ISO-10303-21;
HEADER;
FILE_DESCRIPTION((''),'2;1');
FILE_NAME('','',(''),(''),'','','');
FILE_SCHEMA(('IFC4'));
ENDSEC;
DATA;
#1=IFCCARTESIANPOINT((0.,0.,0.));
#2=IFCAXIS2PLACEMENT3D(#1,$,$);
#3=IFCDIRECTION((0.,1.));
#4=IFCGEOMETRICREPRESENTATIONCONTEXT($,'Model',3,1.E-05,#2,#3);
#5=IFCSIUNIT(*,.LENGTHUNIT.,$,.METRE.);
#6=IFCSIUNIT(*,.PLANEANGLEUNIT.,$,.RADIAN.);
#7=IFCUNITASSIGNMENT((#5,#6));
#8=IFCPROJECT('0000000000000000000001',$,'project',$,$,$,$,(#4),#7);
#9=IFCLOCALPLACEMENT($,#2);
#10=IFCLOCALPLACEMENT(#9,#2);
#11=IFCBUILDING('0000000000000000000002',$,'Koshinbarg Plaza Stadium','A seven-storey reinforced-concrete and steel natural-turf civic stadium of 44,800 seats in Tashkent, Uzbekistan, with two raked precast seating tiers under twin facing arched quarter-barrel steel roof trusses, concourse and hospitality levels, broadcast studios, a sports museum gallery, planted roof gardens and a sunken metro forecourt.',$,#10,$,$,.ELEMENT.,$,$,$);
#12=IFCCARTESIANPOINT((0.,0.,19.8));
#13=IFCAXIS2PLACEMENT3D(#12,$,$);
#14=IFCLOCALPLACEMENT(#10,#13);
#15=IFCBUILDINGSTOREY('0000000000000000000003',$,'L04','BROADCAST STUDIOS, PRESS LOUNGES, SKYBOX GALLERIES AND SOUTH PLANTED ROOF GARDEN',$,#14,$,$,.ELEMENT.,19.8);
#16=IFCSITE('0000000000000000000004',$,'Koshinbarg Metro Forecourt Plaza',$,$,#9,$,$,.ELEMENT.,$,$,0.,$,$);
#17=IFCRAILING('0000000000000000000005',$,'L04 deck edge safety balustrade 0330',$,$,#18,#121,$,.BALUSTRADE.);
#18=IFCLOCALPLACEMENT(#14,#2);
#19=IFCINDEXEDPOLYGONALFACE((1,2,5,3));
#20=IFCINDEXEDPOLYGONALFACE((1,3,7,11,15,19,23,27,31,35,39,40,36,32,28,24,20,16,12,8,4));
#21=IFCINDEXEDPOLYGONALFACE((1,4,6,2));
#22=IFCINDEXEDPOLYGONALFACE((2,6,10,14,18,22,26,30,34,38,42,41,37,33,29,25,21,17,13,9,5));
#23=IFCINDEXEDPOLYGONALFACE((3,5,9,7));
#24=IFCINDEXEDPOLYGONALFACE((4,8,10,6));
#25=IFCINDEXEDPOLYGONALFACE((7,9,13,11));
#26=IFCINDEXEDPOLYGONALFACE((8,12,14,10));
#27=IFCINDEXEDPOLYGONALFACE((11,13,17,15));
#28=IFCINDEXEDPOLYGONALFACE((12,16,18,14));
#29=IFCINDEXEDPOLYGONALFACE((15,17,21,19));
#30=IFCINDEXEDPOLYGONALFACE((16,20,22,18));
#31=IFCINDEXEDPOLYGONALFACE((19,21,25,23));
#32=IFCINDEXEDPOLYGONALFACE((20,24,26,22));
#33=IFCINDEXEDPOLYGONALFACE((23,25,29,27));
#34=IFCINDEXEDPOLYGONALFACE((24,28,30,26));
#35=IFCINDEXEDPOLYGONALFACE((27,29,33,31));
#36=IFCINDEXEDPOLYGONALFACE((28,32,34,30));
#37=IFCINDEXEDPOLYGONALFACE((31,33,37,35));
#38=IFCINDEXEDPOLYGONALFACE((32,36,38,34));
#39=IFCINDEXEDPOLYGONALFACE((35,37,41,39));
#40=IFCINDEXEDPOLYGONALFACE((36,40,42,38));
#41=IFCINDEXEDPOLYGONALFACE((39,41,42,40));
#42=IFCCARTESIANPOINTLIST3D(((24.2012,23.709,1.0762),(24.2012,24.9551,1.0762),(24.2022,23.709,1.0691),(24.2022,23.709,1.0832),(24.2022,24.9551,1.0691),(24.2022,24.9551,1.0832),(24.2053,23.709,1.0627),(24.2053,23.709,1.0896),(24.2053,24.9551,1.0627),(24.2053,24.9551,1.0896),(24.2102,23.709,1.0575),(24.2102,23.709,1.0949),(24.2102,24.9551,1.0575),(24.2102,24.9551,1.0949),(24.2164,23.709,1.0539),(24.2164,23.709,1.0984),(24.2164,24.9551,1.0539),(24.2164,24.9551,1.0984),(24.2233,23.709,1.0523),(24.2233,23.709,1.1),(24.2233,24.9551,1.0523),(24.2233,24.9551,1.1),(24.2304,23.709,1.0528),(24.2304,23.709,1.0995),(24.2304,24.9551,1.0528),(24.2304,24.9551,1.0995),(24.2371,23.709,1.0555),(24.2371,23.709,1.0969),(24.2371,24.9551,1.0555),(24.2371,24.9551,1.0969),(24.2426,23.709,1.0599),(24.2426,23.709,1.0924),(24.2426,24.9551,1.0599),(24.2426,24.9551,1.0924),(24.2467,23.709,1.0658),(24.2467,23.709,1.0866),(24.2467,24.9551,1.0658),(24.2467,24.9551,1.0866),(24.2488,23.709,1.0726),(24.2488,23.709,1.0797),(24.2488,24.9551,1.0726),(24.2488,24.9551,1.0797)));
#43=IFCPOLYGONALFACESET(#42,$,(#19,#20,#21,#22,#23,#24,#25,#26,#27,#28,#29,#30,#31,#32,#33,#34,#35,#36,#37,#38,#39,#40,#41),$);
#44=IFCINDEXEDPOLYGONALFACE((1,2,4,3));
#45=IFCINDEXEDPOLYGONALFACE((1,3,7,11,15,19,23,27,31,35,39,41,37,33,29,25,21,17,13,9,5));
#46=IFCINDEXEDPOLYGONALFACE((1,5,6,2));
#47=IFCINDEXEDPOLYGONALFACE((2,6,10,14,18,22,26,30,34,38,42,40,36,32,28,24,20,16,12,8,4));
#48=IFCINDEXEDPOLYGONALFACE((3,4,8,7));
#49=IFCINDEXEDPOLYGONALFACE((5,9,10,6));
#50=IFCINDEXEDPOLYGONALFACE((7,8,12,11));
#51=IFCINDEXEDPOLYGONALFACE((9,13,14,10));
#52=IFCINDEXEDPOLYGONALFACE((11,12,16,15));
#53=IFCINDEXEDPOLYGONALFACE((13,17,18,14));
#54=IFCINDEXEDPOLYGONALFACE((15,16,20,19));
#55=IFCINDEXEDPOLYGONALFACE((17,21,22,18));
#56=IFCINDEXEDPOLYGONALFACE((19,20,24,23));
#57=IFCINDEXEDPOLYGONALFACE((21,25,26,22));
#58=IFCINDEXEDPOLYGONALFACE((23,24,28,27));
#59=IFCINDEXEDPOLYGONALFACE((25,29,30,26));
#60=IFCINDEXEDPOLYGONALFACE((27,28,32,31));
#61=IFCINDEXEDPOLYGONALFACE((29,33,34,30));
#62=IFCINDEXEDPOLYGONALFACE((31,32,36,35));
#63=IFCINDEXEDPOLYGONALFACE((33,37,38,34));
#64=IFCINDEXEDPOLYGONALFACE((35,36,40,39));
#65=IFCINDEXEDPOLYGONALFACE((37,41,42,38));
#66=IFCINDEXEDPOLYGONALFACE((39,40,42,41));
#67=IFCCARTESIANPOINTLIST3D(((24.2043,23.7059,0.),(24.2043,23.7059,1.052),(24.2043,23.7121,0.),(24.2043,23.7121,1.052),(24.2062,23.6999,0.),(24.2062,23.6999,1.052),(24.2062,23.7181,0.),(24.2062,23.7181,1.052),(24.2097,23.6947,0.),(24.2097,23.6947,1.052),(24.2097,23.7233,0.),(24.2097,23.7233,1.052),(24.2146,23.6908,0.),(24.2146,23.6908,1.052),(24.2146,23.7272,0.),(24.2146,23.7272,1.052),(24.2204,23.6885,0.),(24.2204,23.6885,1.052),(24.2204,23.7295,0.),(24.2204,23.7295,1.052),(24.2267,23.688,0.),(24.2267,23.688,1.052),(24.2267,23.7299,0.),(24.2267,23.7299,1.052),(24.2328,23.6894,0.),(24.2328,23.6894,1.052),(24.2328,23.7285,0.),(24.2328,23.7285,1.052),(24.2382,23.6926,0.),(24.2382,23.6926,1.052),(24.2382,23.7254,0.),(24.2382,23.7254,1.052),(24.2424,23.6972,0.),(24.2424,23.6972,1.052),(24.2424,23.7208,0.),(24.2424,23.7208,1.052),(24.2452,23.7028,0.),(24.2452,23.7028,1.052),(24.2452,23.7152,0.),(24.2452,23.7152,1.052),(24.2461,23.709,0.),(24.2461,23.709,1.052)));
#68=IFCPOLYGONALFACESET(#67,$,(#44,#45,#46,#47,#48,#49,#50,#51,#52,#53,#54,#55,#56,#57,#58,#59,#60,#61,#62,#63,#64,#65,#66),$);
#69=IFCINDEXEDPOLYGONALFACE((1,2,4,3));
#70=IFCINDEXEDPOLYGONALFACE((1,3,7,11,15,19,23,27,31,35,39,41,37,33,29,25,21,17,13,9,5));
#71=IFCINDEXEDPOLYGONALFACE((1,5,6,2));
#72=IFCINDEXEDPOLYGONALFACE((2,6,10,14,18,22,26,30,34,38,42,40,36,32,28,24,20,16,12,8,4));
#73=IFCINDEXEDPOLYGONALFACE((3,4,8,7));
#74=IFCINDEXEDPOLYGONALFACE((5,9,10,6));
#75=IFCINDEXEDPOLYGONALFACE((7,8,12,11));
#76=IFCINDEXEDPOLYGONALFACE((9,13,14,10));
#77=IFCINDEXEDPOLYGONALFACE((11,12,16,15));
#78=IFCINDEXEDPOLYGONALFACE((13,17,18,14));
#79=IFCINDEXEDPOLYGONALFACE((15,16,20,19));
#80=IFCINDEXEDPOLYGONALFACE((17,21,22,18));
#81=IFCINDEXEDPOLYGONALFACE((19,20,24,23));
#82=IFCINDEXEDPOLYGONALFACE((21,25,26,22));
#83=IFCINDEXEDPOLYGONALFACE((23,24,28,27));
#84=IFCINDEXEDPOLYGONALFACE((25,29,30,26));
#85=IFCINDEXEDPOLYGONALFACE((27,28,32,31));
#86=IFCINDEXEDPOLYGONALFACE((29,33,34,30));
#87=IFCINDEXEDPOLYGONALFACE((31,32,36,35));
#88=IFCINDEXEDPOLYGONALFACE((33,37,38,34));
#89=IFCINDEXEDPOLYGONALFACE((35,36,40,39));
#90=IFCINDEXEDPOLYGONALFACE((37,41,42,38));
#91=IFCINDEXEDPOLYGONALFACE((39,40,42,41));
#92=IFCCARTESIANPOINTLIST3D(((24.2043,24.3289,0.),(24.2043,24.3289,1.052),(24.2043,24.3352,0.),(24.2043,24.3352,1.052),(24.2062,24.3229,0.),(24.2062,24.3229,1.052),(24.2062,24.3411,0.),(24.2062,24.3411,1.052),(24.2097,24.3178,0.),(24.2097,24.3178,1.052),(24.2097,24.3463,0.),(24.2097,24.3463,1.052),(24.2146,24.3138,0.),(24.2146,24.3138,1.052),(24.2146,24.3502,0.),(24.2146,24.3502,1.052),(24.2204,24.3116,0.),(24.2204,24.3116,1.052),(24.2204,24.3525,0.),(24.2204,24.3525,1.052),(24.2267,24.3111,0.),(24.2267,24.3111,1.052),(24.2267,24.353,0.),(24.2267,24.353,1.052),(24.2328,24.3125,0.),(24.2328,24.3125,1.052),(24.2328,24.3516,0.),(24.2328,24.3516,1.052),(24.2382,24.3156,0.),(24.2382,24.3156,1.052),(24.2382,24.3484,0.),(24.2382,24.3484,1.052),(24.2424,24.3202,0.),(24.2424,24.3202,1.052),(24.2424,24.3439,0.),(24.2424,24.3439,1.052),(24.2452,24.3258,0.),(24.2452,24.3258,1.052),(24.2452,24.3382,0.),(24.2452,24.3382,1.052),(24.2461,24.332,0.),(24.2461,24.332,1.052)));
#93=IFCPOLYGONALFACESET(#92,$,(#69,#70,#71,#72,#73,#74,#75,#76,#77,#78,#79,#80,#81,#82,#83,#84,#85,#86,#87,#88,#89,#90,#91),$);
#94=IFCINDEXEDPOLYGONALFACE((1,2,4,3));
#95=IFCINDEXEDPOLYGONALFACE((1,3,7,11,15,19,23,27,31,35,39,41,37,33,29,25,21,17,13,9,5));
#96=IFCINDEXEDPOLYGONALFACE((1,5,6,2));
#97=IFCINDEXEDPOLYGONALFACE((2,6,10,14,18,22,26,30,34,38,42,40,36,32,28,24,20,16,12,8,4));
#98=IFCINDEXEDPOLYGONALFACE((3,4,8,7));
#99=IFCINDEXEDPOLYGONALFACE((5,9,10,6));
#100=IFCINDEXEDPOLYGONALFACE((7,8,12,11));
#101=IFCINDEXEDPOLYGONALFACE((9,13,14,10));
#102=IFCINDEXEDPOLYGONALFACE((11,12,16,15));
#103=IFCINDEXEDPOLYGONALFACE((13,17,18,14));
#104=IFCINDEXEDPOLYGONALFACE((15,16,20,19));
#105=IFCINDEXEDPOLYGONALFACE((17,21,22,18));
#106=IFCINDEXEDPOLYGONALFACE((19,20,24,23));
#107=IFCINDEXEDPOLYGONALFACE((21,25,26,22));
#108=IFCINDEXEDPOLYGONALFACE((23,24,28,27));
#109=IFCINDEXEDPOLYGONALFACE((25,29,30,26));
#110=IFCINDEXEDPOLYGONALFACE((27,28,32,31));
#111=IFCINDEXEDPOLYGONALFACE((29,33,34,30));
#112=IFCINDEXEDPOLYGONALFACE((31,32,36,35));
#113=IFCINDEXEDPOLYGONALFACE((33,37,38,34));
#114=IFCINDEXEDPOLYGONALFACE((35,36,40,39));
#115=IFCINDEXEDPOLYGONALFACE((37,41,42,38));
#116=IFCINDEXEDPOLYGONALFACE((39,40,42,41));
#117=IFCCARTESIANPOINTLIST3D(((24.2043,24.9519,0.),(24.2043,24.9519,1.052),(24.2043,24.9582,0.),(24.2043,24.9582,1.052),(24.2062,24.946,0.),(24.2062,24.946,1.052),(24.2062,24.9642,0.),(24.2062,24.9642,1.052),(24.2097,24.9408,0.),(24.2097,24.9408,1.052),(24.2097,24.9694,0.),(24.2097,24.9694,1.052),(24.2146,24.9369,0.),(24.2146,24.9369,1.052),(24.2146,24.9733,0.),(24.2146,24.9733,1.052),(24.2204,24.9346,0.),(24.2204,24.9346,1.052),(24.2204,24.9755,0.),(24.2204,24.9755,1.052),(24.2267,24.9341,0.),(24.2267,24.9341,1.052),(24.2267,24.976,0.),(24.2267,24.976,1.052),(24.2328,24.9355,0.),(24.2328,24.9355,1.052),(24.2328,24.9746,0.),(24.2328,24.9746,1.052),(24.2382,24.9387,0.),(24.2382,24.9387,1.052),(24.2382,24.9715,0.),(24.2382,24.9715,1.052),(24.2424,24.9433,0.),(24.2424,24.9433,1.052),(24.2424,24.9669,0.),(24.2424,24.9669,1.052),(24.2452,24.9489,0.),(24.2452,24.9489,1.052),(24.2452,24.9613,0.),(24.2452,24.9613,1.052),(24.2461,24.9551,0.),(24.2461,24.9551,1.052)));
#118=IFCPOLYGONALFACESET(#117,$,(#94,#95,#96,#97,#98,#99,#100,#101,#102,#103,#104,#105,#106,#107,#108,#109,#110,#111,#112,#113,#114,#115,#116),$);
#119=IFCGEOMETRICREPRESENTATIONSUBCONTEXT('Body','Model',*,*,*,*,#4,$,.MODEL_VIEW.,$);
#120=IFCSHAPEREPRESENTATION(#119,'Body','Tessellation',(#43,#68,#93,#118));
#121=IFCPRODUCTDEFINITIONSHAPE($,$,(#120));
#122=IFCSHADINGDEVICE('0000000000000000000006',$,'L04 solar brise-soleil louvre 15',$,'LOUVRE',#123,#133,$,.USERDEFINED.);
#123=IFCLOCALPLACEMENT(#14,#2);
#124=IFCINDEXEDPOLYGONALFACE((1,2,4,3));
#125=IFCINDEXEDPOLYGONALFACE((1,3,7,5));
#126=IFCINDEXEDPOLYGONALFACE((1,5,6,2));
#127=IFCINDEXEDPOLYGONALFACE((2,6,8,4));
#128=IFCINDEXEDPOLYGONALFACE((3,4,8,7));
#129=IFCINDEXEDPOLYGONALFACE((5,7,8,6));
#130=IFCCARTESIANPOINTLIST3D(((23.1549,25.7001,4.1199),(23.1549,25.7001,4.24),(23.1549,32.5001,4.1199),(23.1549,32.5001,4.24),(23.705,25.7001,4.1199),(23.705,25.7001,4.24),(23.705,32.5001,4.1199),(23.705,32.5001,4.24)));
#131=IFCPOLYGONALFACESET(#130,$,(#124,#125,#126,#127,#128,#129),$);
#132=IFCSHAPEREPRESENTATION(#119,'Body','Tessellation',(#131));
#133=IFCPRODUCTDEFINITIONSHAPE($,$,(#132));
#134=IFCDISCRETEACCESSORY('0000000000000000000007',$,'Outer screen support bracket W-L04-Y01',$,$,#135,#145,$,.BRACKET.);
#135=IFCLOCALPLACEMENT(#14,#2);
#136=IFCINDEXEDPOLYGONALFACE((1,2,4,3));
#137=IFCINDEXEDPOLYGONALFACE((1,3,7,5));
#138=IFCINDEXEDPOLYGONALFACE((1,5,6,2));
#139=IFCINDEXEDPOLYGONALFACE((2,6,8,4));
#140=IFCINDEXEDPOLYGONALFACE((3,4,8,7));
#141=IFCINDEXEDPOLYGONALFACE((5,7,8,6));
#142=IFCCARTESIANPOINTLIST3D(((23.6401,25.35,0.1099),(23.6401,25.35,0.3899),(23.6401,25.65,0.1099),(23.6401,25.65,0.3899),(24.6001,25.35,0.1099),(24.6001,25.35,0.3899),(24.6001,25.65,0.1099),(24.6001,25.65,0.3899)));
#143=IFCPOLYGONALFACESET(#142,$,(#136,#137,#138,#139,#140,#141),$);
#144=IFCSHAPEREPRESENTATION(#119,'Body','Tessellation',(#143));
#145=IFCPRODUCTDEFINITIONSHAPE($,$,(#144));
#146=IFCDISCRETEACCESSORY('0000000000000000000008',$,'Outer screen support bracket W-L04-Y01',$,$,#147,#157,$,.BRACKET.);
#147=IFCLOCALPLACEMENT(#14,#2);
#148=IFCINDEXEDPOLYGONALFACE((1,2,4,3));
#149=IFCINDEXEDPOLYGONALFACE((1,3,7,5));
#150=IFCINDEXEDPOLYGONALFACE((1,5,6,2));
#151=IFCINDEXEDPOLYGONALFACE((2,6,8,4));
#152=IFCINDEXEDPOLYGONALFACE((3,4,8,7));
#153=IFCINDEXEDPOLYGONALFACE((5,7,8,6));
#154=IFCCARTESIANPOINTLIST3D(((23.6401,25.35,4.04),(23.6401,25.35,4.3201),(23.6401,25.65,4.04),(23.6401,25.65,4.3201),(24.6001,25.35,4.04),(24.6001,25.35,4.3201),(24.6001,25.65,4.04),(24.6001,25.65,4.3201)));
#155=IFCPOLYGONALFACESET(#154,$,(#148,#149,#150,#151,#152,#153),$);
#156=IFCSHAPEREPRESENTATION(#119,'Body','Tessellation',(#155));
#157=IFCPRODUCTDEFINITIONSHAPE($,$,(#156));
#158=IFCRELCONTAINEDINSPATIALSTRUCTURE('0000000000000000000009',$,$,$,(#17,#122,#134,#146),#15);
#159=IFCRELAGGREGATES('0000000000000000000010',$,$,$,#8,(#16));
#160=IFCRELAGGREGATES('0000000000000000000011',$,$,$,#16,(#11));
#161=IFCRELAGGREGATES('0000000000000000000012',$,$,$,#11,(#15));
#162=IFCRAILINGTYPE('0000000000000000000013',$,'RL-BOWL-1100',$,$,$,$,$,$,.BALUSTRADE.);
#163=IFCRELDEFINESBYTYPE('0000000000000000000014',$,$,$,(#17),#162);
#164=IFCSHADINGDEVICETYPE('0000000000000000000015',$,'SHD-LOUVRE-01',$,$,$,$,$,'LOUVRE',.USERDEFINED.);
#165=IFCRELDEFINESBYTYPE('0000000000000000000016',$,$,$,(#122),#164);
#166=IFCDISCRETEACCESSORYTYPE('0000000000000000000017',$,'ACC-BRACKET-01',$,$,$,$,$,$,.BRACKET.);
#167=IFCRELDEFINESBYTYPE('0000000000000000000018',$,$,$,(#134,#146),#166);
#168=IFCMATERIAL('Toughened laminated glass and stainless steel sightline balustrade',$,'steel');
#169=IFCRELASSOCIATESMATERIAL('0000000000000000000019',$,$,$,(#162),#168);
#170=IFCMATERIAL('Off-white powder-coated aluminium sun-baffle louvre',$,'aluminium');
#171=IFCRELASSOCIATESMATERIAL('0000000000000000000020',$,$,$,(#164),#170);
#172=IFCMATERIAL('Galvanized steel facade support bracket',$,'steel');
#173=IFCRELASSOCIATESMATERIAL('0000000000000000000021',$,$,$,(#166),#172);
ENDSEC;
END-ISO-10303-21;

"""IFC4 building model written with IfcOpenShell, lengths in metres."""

from ifc_helpers import new_model, si_unit, direction, frame, origin, origin_2d, place, context, subcontext, project, spatial, rectangle, circle, extrude, material, type_object, element, save


model = new_model("IFC4")

# Units and contexts
model_context = context("Model", 3, precision=1e-05, world=origin(), true_north=direction((0.0, 1.0)))
body_context = subcontext(model_context, "Body", "Model", "MODEL_VIEW")
ifc_project = project(units=[si_unit("LENGTHUNIT", "METRE"), si_unit("PLANEANGLEUNIT", "RADIAN")], contexts=[model_context])

# Site, building, storey
site_placement = place(None, origin())
site = spatial("IfcSite", under=ifc_project, at=site_placement, Name="Koshinbarg Metro Forecourt Plaza", CompositionType="ELEMENT", RefElevation=0.0)
building_placement = place(site_placement, origin())
building = spatial("IfcBuilding", under=site, at=building_placement, Name="Koshinbarg Plaza Stadium", Description="A seven-storey reinforced-concrete and steel natural-turf civic stadium of 44,800 seats in Tashkent, Uzbekistan, with two raked precast seating tiers under twin facing arched quarter-barrel steel roof trusses, concourse and hospitality levels, broadcast studios, a sports museum gallery, planted roof gardens and a sunken metro forecourt.", CompositionType="ELEMENT")
storey_placement = place(building_placement, frame((0.0, 0.0, 19.8)))
storey = spatial("IfcBuildingStorey", under=building, at=storey_placement, Name="L04", Description="BROADCAST STUDIOS, PRESS LOUNGES, SKYBOX GALLERIES AND SOUTH PLANTED ROOF GARDEN", CompositionType="ELEMENT", Elevation=19.8)

# Railing
ifc_material_1 = material(Name="Toughened laminated glass and stainless steel sightline balustrade", Category="steel")
railing_type = type_object("IfcRailingType", Name="RL-BOWL-1100", PredefinedType="BALUSTRADE", material=ifc_material_1)
railing_1_placement = place(storey_placement, frame((24.2251, 23.709, 0.0)))
element("IfcRailing", 1, at=railing_1_placement, inside=storey, type_object=railing_type, Name="L04 deck edge safety balustrade 0330", PredefinedType="BALUSTRADE", context=body_context, shape_type="SweptSolid", body=[
    extrude(circle(Radius=0.0239, at=origin_2d()), frame((0.0, 0.0, 1.0762), z_axis=(0.0, 1.0, 0.0), x_axis=(-1.0, 0.0, 0.0)), (0.0, 0.0, 1.0), 1.2461),
    extrude(circle(Radius=0.021, at=origin_2d()), origin(), (0.0, 0.0, 1.0), 1.052),
    extrude(circle(Radius=0.021, at=origin_2d()), frame((0.0, 0.623, 0.0)), (0.0, 0.0, 1.0), 1.052),
    extrude(circle(Radius=0.021, at=origin_2d()), frame((0.0, 1.2461, 0.0)), (0.0, 0.0, 1.0), 1.052),
])

# Shading device
ifc_material_2 = material(Name="Off-white powder-coated aluminium sun-baffle louvre", Category="aluminium")
shading_device_type = type_object("IfcShadingDeviceType", Name="SHD-LOUVRE-01", ElementType="LOUVRE", PredefinedType="USERDEFINED", material=ifc_material_2)
shading_device_placement = place(storey_placement, frame((23.4299, 29.1001, 4.1199), z_axis=(0.0, 0.0, 1.0), x_axis=(1.0, 0.0, 0.0)))
element("IfcShadingDevice", 2, at=shading_device_placement, inside=storey, type_object=shading_device_type, Name="L04 solar brise-soleil louvre 15", ObjectType="LOUVRE", PredefinedType="USERDEFINED", context=body_context, shape_type="SweptSolid", body=[
    extrude(rectangle(XDim=0.55, YDim=6.8, at=origin_2d()), origin(), (0.0, 0.0, 1.0), 0.1201),
])

# Discrete accessories
ifc_material_3 = material(Name="Galvanized steel facade support bracket", Category="steel")
discrete_accessory_type = type_object("IfcDiscreteAccessoryType", Name="ACC-BRACKET-01", PredefinedType="BRACKET", material=ifc_material_3)
for number, where, z_axis, x_axis, name in (
    (3, (24.1201, 25.5, 0.1099), (0.0, 0.0, 1.0), (1.0, 0.0, 0.0), "Outer screen support bracket W-L04-Y01"),
    (4, (24.1201, 25.5, 4.04), (0.0, 0.0, 1.0), (1.0, 0.0, 0.0), "Outer screen support bracket W-L04-Y01"),
):
    element("IfcDiscreteAccessory", number, at=place(storey_placement, frame(where, z_axis=z_axis, x_axis=x_axis)), inside=storey, type_object=discrete_accessory_type, Name=name, PredefinedType="BRACKET", context=body_context, shape_type="SweptSolid", body=[
        extrude(rectangle(XDim=0.96, YDim=0.3, at=origin_2d()), origin(), (0.0, 0.0, 1.0), 0.28),
    ])

save(model, "model.ifc")
